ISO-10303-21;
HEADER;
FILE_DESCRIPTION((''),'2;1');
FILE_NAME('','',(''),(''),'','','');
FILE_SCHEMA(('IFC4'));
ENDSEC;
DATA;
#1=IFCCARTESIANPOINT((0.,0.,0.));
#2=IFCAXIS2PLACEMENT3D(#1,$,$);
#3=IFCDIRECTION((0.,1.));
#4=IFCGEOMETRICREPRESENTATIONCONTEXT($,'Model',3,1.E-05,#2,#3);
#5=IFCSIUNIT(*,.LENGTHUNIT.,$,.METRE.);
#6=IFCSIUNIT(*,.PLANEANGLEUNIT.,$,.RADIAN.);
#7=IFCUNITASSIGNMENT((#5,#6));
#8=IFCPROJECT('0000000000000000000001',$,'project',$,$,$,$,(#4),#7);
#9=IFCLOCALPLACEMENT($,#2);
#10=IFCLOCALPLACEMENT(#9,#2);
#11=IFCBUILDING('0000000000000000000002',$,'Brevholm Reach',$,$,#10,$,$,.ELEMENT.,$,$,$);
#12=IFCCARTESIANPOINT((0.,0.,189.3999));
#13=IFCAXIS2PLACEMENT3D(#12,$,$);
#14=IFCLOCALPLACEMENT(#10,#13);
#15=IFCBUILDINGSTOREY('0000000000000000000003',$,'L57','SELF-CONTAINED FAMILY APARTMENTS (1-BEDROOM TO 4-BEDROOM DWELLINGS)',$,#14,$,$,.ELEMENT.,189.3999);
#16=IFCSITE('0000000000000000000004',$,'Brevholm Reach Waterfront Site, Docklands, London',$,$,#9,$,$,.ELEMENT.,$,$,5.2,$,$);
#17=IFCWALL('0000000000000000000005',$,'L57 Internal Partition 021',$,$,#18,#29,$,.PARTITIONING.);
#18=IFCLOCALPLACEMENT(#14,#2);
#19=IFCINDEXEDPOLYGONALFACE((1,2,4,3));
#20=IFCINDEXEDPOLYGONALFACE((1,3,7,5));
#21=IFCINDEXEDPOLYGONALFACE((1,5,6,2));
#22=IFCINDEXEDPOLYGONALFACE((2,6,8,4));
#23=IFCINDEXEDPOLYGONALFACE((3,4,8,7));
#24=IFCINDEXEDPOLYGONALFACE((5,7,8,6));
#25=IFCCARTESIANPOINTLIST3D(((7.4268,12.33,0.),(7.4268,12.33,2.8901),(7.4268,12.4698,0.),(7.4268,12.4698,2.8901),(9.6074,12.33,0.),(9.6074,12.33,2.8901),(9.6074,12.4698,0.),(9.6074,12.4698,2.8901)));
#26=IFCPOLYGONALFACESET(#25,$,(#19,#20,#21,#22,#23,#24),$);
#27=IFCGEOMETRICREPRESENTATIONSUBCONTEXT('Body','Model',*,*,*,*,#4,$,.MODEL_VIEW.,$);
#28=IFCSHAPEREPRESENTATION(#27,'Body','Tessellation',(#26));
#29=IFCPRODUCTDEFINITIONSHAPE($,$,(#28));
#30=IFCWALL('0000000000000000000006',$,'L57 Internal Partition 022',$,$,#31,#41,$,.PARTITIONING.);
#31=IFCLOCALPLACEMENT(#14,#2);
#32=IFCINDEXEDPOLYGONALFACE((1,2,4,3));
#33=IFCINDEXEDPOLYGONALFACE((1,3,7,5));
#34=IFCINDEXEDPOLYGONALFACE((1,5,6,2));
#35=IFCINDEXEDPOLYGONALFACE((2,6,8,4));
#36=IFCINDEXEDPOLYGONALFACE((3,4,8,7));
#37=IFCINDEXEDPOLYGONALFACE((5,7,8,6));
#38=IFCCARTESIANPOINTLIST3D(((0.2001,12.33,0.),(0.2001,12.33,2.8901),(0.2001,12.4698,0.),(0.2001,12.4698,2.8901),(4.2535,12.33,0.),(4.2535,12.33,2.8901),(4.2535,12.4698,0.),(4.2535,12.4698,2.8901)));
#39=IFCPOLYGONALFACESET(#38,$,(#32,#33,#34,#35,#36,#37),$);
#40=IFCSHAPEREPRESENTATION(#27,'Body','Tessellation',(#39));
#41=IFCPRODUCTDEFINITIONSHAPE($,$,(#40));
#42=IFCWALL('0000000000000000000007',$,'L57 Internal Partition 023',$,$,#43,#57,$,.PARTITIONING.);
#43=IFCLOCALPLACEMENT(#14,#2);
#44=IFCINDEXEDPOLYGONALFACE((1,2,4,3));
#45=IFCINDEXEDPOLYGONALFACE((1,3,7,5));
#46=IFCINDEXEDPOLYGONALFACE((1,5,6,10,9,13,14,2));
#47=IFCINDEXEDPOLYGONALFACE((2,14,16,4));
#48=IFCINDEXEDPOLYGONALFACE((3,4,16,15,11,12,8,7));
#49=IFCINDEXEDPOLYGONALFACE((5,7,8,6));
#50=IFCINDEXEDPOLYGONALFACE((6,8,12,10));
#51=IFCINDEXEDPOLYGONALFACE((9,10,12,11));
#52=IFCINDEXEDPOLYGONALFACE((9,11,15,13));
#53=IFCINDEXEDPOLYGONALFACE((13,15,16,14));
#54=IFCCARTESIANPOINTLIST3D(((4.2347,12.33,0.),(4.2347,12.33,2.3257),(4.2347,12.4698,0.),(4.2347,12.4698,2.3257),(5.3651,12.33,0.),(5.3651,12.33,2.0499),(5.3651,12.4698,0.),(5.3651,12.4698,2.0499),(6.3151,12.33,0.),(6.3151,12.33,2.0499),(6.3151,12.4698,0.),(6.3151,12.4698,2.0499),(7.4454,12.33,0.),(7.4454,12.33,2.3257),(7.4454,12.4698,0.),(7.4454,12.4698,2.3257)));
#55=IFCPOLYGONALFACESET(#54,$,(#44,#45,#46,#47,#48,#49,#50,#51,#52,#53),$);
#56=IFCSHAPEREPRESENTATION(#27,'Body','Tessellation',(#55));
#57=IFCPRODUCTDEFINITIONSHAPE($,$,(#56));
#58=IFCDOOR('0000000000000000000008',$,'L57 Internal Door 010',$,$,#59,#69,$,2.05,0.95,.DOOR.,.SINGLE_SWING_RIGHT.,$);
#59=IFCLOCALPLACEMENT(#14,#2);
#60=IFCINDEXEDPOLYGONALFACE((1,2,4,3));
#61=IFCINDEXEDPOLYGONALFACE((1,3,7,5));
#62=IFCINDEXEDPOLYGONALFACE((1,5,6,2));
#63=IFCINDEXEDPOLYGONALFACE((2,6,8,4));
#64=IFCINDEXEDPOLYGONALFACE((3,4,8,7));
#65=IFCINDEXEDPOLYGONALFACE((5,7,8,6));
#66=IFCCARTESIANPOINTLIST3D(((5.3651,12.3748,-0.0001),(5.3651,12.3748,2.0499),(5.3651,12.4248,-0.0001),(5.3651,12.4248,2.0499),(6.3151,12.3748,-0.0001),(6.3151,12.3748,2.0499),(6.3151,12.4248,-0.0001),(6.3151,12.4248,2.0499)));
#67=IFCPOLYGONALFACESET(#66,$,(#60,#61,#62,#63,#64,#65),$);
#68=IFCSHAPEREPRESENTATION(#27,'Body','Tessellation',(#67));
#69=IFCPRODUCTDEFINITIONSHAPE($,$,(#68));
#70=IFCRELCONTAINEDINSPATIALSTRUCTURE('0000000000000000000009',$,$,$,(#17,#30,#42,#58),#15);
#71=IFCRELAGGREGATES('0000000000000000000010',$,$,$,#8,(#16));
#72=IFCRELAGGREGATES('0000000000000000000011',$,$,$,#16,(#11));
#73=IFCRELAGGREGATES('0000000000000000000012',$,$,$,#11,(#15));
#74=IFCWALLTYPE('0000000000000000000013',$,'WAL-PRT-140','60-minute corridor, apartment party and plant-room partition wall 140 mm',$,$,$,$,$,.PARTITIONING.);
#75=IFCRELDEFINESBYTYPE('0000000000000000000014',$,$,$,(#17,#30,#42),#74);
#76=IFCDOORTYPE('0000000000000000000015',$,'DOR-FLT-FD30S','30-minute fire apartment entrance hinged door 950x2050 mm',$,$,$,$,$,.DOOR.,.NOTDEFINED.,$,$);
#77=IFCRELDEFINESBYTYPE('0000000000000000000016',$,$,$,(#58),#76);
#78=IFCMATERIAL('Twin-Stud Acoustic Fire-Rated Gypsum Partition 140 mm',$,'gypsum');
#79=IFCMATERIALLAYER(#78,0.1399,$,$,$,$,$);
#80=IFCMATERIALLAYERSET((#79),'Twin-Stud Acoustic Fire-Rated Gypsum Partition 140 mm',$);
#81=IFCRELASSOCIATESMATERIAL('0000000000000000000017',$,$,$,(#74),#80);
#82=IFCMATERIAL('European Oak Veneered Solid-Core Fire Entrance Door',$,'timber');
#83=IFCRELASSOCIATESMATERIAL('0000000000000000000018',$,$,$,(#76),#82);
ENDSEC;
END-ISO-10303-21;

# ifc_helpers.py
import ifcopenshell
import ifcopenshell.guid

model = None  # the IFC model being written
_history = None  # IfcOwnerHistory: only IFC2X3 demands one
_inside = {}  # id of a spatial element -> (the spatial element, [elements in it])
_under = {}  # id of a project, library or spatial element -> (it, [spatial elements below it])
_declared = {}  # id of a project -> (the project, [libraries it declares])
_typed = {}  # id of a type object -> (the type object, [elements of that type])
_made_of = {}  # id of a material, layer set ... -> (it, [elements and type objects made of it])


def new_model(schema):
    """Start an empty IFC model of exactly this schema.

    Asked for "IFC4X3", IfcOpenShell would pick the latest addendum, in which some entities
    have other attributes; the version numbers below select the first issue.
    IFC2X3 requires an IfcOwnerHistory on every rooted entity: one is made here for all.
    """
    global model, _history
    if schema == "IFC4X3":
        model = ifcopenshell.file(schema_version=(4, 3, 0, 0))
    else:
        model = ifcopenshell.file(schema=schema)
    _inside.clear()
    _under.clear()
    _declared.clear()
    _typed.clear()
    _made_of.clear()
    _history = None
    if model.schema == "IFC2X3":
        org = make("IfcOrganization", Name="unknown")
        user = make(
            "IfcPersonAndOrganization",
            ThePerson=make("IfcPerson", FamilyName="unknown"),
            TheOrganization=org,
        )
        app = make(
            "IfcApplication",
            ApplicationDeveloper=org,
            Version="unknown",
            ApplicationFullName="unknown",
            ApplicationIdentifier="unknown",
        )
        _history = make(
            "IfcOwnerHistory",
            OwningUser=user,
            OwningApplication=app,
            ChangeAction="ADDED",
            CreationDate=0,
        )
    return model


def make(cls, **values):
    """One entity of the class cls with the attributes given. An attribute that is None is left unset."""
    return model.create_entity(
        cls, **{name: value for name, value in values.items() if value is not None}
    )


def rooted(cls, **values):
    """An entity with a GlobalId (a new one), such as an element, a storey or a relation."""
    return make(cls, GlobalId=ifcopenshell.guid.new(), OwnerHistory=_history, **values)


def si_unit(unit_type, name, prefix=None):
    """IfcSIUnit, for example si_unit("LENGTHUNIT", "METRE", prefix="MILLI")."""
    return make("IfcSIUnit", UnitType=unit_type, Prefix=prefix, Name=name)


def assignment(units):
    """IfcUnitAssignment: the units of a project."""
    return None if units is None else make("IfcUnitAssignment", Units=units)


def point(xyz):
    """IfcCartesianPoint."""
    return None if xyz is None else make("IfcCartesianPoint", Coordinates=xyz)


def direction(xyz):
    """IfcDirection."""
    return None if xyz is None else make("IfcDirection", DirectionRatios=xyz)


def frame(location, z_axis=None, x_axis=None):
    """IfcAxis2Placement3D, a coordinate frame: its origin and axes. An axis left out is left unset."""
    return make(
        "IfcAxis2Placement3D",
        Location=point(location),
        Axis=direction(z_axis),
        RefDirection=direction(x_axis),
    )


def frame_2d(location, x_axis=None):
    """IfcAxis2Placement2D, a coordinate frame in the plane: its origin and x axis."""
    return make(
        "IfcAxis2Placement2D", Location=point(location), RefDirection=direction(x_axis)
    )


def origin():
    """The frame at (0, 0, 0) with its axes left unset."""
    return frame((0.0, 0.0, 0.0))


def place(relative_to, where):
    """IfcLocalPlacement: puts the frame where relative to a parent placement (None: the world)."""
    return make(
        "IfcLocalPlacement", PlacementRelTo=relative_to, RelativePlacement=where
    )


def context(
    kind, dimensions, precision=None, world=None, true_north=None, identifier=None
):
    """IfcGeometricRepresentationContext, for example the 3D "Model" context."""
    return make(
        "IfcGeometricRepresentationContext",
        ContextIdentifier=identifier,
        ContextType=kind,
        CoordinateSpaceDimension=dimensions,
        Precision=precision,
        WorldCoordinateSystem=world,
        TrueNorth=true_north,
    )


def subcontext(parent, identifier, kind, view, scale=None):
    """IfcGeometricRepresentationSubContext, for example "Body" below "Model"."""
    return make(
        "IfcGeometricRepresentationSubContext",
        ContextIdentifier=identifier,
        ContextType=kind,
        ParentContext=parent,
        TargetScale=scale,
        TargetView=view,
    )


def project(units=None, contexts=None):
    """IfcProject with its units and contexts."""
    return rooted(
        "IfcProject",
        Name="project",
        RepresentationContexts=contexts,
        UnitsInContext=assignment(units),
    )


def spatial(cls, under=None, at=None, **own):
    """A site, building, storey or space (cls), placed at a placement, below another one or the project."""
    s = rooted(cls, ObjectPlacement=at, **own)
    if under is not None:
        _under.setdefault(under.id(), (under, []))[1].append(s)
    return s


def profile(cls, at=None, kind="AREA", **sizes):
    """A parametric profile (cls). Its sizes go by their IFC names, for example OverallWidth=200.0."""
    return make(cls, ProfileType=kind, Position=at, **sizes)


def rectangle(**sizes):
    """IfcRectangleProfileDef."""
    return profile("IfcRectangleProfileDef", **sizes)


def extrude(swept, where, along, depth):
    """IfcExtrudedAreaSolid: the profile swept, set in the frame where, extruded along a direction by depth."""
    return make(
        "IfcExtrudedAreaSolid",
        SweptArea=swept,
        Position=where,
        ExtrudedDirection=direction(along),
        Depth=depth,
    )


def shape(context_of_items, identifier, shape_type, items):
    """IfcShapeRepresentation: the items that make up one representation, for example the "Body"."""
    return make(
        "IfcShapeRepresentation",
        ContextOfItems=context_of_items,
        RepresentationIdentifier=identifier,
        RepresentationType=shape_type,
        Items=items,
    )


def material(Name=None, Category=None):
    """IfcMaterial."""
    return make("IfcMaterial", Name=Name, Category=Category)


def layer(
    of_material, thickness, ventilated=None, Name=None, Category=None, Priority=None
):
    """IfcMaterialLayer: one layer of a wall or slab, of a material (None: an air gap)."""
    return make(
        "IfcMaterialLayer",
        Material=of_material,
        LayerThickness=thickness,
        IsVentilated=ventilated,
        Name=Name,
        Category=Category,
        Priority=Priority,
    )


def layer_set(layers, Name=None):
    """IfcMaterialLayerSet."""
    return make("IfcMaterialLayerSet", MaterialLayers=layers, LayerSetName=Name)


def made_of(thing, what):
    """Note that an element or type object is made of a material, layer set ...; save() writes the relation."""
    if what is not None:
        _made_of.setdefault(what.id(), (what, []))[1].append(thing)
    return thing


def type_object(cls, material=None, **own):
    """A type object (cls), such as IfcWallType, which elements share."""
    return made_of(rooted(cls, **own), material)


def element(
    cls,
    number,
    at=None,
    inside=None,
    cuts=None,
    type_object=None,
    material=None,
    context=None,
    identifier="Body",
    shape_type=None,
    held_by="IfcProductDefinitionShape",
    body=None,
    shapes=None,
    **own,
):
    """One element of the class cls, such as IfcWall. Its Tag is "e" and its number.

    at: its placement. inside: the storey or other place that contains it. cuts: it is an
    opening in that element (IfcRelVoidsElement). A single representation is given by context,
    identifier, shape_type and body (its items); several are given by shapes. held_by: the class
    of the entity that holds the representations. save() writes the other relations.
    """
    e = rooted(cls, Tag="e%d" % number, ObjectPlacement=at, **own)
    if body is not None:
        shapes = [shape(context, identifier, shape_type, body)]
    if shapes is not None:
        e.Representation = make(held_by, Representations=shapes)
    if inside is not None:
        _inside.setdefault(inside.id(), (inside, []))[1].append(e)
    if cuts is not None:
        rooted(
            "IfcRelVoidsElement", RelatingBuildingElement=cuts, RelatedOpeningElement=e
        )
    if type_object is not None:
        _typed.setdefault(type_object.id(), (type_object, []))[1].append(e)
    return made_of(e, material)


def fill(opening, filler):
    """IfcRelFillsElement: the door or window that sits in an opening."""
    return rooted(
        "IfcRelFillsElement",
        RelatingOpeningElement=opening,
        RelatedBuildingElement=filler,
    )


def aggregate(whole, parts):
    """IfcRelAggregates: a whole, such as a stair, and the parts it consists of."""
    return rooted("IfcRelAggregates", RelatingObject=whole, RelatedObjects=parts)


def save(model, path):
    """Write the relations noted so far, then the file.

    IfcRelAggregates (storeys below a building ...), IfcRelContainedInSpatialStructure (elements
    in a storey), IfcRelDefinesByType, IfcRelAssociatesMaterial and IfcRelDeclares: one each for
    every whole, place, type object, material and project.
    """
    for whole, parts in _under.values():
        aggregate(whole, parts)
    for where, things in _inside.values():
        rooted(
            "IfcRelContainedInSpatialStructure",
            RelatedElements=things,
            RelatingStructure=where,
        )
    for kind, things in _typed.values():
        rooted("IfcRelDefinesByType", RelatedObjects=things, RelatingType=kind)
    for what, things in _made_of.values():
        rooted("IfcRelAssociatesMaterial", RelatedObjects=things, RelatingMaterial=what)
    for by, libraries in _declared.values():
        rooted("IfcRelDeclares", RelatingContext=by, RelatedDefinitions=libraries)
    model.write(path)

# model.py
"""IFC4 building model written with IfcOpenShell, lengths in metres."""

from ifc_helpers import new_model, si_unit, direction, frame, frame_2d, origin, place, context, subcontext, project, spatial, rectangle, extrude, material, layer, layer_set, type_object, element, fill, save


model = new_model("IFC4")

# Units and contexts
model_context = context("Model", 3, precision=1e-05, world=origin(), true_north=direction((0.0, 1.0)))
body_context = subcontext(model_context, "Body", "Model", "MODEL_VIEW")
ifc_project = project(units=[si_unit("LENGTHUNIT", "METRE"), si_unit("PLANEANGLEUNIT", "RADIAN")], contexts=[model_context])

# Site, building, storey
site_placement = place(None, origin())
site = spatial("IfcSite", under=ifc_project, at=site_placement, Name="Brevholm Reach Waterfront Site, Docklands, London", CompositionType="ELEMENT", RefElevation=5.2)
building_placement = place(site_placement, origin())
building = spatial("IfcBuilding", under=site, at=building_placement, Name="Brevholm Reach", CompositionType="ELEMENT")
storey_placement = place(building_placement, frame((0.0, 0.0, 189.3999)))
storey = spatial("IfcBuildingStorey", under=building, at=storey_placement, Name="L57", Description="SELF-CONTAINED FAMILY APARTMENTS (1-BEDROOM TO 4-BEDROOM DWELLINGS)", CompositionType="ELEMENT", Elevation=189.3999)

# Shared definitions
ifc_material_1 = material(Name="Twin-Stud Acoustic Fire-Rated Gypsum Partition 140 mm", Category="gypsum")
ifc_layer_1 = layer(ifc_material_1, 0.1399)
ifc_layer_set_1 = layer_set([ifc_layer_1], Name="Twin-Stud Acoustic Fire-Rated Gypsum Partition 140 mm")
wall_type_1 = type_object("IfcWallType", Name="WAL-PRT-140", Description="60-minute corridor, apartment party and plant-room partition wall 140 mm", PredefinedType="PARTITIONING", material=ifc_layer_set_1)

# Shared definitions
ifc_material_2 = material(Name="European Oak Veneered Solid-Core Fire Entrance Door", Category="timber")
door_type_1 = type_object("IfcDoorType", Name="DOR-FLT-FD30S", Description="30-minute fire apartment entrance hinged door 950x2050 mm", OperationType="NOTDEFINED", PredefinedType="DOOR", material=ifc_material_2)

# Walls
wall_1_placement = place(storey_placement, frame((7.4268, 12.3999, 0.0), z_axis=(0.0, 0.0, 1.0), x_axis=(1.0, 0.0, 0.0)))
element("IfcWall", 1, at=wall_1_placement, inside=storey, type_object=wall_type_1, Name="L57 Internal Partition 021", PredefinedType="PARTITIONING", context=body_context, shape_type="SweptSolid", body=[
    extrude(rectangle(XDim=2.1807, YDim=0.1399, at=frame_2d((1.0903, 0.0))), origin(), (0.0, 0.0, 1.0), 2.8901),
])
wall_2_placement = place(storey_placement, frame((0.2, 12.3999, 0.0), z_axis=(0.0, 0.0, 1.0), x_axis=(1.0, 0.0, 0.0)))
element("IfcWall", 2, at=wall_2_placement, inside=storey, type_object=wall_type_1, Name="L57 Internal Partition 022", PredefinedType="PARTITIONING", context=body_context, shape_type="SweptSolid", body=[
    extrude(rectangle(XDim=4.0535, YDim=0.1399, at=frame_2d((2.0269, 0.0))), origin(), (0.0, 0.0, 1.0), 2.8901),
])

# Wall, opening, door
wall_3_placement = place(storey_placement, frame((4.2346, 12.3999, 0.0), z_axis=(0.0, 0.0, 1.0), x_axis=(1.0, 0.0, 0.0)))
wall_3 = element("IfcWall", 3, at=wall_3_placement, inside=storey, type_object=wall_type_1, Name="L57 Internal Partition 023", PredefinedType="PARTITIONING", context=body_context, shape_type="SweptSolid", body=[
    extrude(rectangle(XDim=3.2107, YDim=0.1399, at=frame_2d((1.6055, 0.0))), origin(), (0.0, 0.0, 1.0), 2.3257),
])
opening_1_placement = place(wall_3_placement, frame((1.1304, 0.0, 0.0)))
opening_1 = element("IfcOpeningElement", 4, at=opening_1_placement, cuts=wall_3, PredefinedType="OPENING", context=body_context, shape_type="SweptSolid", body=[
    extrude(rectangle(XDim=0.95, YDim=2.05, at=frame_2d((0.4751, 1.0249))), frame((0.0, 0.0798, 0.0), z_axis=(0.0, -1.0, 0.0), x_axis=(1.0, 0.0, 0.0)), (0.0, 0.0, 1.0), 0.1599),
])
door_1_placement = place(opening_1_placement, origin())
door_1 = element("IfcDoor", 5, at=door_1_placement, inside=storey, type_object=door_type_1, Name="L57 Internal Door 010", OperationType="SINGLE_SWING_RIGHT", OverallHeight=2.05, OverallWidth=0.95, PredefinedType="DOOR", context=body_context, shape_type="SweptSolid", body=[
    extrude(rectangle(XDim=0.95, YDim=2.05, at=frame_2d((0.4751, 1.0249))), frame((0.0, 0.0249, 0.0), z_axis=(0.0, -1.0, 0.0), x_axis=(1.0, 0.0, 0.0)), (0.0, 0.0, 1.0), 0.05),
])
fill(opening_1, door_1)

save(model, "model.ifc")
